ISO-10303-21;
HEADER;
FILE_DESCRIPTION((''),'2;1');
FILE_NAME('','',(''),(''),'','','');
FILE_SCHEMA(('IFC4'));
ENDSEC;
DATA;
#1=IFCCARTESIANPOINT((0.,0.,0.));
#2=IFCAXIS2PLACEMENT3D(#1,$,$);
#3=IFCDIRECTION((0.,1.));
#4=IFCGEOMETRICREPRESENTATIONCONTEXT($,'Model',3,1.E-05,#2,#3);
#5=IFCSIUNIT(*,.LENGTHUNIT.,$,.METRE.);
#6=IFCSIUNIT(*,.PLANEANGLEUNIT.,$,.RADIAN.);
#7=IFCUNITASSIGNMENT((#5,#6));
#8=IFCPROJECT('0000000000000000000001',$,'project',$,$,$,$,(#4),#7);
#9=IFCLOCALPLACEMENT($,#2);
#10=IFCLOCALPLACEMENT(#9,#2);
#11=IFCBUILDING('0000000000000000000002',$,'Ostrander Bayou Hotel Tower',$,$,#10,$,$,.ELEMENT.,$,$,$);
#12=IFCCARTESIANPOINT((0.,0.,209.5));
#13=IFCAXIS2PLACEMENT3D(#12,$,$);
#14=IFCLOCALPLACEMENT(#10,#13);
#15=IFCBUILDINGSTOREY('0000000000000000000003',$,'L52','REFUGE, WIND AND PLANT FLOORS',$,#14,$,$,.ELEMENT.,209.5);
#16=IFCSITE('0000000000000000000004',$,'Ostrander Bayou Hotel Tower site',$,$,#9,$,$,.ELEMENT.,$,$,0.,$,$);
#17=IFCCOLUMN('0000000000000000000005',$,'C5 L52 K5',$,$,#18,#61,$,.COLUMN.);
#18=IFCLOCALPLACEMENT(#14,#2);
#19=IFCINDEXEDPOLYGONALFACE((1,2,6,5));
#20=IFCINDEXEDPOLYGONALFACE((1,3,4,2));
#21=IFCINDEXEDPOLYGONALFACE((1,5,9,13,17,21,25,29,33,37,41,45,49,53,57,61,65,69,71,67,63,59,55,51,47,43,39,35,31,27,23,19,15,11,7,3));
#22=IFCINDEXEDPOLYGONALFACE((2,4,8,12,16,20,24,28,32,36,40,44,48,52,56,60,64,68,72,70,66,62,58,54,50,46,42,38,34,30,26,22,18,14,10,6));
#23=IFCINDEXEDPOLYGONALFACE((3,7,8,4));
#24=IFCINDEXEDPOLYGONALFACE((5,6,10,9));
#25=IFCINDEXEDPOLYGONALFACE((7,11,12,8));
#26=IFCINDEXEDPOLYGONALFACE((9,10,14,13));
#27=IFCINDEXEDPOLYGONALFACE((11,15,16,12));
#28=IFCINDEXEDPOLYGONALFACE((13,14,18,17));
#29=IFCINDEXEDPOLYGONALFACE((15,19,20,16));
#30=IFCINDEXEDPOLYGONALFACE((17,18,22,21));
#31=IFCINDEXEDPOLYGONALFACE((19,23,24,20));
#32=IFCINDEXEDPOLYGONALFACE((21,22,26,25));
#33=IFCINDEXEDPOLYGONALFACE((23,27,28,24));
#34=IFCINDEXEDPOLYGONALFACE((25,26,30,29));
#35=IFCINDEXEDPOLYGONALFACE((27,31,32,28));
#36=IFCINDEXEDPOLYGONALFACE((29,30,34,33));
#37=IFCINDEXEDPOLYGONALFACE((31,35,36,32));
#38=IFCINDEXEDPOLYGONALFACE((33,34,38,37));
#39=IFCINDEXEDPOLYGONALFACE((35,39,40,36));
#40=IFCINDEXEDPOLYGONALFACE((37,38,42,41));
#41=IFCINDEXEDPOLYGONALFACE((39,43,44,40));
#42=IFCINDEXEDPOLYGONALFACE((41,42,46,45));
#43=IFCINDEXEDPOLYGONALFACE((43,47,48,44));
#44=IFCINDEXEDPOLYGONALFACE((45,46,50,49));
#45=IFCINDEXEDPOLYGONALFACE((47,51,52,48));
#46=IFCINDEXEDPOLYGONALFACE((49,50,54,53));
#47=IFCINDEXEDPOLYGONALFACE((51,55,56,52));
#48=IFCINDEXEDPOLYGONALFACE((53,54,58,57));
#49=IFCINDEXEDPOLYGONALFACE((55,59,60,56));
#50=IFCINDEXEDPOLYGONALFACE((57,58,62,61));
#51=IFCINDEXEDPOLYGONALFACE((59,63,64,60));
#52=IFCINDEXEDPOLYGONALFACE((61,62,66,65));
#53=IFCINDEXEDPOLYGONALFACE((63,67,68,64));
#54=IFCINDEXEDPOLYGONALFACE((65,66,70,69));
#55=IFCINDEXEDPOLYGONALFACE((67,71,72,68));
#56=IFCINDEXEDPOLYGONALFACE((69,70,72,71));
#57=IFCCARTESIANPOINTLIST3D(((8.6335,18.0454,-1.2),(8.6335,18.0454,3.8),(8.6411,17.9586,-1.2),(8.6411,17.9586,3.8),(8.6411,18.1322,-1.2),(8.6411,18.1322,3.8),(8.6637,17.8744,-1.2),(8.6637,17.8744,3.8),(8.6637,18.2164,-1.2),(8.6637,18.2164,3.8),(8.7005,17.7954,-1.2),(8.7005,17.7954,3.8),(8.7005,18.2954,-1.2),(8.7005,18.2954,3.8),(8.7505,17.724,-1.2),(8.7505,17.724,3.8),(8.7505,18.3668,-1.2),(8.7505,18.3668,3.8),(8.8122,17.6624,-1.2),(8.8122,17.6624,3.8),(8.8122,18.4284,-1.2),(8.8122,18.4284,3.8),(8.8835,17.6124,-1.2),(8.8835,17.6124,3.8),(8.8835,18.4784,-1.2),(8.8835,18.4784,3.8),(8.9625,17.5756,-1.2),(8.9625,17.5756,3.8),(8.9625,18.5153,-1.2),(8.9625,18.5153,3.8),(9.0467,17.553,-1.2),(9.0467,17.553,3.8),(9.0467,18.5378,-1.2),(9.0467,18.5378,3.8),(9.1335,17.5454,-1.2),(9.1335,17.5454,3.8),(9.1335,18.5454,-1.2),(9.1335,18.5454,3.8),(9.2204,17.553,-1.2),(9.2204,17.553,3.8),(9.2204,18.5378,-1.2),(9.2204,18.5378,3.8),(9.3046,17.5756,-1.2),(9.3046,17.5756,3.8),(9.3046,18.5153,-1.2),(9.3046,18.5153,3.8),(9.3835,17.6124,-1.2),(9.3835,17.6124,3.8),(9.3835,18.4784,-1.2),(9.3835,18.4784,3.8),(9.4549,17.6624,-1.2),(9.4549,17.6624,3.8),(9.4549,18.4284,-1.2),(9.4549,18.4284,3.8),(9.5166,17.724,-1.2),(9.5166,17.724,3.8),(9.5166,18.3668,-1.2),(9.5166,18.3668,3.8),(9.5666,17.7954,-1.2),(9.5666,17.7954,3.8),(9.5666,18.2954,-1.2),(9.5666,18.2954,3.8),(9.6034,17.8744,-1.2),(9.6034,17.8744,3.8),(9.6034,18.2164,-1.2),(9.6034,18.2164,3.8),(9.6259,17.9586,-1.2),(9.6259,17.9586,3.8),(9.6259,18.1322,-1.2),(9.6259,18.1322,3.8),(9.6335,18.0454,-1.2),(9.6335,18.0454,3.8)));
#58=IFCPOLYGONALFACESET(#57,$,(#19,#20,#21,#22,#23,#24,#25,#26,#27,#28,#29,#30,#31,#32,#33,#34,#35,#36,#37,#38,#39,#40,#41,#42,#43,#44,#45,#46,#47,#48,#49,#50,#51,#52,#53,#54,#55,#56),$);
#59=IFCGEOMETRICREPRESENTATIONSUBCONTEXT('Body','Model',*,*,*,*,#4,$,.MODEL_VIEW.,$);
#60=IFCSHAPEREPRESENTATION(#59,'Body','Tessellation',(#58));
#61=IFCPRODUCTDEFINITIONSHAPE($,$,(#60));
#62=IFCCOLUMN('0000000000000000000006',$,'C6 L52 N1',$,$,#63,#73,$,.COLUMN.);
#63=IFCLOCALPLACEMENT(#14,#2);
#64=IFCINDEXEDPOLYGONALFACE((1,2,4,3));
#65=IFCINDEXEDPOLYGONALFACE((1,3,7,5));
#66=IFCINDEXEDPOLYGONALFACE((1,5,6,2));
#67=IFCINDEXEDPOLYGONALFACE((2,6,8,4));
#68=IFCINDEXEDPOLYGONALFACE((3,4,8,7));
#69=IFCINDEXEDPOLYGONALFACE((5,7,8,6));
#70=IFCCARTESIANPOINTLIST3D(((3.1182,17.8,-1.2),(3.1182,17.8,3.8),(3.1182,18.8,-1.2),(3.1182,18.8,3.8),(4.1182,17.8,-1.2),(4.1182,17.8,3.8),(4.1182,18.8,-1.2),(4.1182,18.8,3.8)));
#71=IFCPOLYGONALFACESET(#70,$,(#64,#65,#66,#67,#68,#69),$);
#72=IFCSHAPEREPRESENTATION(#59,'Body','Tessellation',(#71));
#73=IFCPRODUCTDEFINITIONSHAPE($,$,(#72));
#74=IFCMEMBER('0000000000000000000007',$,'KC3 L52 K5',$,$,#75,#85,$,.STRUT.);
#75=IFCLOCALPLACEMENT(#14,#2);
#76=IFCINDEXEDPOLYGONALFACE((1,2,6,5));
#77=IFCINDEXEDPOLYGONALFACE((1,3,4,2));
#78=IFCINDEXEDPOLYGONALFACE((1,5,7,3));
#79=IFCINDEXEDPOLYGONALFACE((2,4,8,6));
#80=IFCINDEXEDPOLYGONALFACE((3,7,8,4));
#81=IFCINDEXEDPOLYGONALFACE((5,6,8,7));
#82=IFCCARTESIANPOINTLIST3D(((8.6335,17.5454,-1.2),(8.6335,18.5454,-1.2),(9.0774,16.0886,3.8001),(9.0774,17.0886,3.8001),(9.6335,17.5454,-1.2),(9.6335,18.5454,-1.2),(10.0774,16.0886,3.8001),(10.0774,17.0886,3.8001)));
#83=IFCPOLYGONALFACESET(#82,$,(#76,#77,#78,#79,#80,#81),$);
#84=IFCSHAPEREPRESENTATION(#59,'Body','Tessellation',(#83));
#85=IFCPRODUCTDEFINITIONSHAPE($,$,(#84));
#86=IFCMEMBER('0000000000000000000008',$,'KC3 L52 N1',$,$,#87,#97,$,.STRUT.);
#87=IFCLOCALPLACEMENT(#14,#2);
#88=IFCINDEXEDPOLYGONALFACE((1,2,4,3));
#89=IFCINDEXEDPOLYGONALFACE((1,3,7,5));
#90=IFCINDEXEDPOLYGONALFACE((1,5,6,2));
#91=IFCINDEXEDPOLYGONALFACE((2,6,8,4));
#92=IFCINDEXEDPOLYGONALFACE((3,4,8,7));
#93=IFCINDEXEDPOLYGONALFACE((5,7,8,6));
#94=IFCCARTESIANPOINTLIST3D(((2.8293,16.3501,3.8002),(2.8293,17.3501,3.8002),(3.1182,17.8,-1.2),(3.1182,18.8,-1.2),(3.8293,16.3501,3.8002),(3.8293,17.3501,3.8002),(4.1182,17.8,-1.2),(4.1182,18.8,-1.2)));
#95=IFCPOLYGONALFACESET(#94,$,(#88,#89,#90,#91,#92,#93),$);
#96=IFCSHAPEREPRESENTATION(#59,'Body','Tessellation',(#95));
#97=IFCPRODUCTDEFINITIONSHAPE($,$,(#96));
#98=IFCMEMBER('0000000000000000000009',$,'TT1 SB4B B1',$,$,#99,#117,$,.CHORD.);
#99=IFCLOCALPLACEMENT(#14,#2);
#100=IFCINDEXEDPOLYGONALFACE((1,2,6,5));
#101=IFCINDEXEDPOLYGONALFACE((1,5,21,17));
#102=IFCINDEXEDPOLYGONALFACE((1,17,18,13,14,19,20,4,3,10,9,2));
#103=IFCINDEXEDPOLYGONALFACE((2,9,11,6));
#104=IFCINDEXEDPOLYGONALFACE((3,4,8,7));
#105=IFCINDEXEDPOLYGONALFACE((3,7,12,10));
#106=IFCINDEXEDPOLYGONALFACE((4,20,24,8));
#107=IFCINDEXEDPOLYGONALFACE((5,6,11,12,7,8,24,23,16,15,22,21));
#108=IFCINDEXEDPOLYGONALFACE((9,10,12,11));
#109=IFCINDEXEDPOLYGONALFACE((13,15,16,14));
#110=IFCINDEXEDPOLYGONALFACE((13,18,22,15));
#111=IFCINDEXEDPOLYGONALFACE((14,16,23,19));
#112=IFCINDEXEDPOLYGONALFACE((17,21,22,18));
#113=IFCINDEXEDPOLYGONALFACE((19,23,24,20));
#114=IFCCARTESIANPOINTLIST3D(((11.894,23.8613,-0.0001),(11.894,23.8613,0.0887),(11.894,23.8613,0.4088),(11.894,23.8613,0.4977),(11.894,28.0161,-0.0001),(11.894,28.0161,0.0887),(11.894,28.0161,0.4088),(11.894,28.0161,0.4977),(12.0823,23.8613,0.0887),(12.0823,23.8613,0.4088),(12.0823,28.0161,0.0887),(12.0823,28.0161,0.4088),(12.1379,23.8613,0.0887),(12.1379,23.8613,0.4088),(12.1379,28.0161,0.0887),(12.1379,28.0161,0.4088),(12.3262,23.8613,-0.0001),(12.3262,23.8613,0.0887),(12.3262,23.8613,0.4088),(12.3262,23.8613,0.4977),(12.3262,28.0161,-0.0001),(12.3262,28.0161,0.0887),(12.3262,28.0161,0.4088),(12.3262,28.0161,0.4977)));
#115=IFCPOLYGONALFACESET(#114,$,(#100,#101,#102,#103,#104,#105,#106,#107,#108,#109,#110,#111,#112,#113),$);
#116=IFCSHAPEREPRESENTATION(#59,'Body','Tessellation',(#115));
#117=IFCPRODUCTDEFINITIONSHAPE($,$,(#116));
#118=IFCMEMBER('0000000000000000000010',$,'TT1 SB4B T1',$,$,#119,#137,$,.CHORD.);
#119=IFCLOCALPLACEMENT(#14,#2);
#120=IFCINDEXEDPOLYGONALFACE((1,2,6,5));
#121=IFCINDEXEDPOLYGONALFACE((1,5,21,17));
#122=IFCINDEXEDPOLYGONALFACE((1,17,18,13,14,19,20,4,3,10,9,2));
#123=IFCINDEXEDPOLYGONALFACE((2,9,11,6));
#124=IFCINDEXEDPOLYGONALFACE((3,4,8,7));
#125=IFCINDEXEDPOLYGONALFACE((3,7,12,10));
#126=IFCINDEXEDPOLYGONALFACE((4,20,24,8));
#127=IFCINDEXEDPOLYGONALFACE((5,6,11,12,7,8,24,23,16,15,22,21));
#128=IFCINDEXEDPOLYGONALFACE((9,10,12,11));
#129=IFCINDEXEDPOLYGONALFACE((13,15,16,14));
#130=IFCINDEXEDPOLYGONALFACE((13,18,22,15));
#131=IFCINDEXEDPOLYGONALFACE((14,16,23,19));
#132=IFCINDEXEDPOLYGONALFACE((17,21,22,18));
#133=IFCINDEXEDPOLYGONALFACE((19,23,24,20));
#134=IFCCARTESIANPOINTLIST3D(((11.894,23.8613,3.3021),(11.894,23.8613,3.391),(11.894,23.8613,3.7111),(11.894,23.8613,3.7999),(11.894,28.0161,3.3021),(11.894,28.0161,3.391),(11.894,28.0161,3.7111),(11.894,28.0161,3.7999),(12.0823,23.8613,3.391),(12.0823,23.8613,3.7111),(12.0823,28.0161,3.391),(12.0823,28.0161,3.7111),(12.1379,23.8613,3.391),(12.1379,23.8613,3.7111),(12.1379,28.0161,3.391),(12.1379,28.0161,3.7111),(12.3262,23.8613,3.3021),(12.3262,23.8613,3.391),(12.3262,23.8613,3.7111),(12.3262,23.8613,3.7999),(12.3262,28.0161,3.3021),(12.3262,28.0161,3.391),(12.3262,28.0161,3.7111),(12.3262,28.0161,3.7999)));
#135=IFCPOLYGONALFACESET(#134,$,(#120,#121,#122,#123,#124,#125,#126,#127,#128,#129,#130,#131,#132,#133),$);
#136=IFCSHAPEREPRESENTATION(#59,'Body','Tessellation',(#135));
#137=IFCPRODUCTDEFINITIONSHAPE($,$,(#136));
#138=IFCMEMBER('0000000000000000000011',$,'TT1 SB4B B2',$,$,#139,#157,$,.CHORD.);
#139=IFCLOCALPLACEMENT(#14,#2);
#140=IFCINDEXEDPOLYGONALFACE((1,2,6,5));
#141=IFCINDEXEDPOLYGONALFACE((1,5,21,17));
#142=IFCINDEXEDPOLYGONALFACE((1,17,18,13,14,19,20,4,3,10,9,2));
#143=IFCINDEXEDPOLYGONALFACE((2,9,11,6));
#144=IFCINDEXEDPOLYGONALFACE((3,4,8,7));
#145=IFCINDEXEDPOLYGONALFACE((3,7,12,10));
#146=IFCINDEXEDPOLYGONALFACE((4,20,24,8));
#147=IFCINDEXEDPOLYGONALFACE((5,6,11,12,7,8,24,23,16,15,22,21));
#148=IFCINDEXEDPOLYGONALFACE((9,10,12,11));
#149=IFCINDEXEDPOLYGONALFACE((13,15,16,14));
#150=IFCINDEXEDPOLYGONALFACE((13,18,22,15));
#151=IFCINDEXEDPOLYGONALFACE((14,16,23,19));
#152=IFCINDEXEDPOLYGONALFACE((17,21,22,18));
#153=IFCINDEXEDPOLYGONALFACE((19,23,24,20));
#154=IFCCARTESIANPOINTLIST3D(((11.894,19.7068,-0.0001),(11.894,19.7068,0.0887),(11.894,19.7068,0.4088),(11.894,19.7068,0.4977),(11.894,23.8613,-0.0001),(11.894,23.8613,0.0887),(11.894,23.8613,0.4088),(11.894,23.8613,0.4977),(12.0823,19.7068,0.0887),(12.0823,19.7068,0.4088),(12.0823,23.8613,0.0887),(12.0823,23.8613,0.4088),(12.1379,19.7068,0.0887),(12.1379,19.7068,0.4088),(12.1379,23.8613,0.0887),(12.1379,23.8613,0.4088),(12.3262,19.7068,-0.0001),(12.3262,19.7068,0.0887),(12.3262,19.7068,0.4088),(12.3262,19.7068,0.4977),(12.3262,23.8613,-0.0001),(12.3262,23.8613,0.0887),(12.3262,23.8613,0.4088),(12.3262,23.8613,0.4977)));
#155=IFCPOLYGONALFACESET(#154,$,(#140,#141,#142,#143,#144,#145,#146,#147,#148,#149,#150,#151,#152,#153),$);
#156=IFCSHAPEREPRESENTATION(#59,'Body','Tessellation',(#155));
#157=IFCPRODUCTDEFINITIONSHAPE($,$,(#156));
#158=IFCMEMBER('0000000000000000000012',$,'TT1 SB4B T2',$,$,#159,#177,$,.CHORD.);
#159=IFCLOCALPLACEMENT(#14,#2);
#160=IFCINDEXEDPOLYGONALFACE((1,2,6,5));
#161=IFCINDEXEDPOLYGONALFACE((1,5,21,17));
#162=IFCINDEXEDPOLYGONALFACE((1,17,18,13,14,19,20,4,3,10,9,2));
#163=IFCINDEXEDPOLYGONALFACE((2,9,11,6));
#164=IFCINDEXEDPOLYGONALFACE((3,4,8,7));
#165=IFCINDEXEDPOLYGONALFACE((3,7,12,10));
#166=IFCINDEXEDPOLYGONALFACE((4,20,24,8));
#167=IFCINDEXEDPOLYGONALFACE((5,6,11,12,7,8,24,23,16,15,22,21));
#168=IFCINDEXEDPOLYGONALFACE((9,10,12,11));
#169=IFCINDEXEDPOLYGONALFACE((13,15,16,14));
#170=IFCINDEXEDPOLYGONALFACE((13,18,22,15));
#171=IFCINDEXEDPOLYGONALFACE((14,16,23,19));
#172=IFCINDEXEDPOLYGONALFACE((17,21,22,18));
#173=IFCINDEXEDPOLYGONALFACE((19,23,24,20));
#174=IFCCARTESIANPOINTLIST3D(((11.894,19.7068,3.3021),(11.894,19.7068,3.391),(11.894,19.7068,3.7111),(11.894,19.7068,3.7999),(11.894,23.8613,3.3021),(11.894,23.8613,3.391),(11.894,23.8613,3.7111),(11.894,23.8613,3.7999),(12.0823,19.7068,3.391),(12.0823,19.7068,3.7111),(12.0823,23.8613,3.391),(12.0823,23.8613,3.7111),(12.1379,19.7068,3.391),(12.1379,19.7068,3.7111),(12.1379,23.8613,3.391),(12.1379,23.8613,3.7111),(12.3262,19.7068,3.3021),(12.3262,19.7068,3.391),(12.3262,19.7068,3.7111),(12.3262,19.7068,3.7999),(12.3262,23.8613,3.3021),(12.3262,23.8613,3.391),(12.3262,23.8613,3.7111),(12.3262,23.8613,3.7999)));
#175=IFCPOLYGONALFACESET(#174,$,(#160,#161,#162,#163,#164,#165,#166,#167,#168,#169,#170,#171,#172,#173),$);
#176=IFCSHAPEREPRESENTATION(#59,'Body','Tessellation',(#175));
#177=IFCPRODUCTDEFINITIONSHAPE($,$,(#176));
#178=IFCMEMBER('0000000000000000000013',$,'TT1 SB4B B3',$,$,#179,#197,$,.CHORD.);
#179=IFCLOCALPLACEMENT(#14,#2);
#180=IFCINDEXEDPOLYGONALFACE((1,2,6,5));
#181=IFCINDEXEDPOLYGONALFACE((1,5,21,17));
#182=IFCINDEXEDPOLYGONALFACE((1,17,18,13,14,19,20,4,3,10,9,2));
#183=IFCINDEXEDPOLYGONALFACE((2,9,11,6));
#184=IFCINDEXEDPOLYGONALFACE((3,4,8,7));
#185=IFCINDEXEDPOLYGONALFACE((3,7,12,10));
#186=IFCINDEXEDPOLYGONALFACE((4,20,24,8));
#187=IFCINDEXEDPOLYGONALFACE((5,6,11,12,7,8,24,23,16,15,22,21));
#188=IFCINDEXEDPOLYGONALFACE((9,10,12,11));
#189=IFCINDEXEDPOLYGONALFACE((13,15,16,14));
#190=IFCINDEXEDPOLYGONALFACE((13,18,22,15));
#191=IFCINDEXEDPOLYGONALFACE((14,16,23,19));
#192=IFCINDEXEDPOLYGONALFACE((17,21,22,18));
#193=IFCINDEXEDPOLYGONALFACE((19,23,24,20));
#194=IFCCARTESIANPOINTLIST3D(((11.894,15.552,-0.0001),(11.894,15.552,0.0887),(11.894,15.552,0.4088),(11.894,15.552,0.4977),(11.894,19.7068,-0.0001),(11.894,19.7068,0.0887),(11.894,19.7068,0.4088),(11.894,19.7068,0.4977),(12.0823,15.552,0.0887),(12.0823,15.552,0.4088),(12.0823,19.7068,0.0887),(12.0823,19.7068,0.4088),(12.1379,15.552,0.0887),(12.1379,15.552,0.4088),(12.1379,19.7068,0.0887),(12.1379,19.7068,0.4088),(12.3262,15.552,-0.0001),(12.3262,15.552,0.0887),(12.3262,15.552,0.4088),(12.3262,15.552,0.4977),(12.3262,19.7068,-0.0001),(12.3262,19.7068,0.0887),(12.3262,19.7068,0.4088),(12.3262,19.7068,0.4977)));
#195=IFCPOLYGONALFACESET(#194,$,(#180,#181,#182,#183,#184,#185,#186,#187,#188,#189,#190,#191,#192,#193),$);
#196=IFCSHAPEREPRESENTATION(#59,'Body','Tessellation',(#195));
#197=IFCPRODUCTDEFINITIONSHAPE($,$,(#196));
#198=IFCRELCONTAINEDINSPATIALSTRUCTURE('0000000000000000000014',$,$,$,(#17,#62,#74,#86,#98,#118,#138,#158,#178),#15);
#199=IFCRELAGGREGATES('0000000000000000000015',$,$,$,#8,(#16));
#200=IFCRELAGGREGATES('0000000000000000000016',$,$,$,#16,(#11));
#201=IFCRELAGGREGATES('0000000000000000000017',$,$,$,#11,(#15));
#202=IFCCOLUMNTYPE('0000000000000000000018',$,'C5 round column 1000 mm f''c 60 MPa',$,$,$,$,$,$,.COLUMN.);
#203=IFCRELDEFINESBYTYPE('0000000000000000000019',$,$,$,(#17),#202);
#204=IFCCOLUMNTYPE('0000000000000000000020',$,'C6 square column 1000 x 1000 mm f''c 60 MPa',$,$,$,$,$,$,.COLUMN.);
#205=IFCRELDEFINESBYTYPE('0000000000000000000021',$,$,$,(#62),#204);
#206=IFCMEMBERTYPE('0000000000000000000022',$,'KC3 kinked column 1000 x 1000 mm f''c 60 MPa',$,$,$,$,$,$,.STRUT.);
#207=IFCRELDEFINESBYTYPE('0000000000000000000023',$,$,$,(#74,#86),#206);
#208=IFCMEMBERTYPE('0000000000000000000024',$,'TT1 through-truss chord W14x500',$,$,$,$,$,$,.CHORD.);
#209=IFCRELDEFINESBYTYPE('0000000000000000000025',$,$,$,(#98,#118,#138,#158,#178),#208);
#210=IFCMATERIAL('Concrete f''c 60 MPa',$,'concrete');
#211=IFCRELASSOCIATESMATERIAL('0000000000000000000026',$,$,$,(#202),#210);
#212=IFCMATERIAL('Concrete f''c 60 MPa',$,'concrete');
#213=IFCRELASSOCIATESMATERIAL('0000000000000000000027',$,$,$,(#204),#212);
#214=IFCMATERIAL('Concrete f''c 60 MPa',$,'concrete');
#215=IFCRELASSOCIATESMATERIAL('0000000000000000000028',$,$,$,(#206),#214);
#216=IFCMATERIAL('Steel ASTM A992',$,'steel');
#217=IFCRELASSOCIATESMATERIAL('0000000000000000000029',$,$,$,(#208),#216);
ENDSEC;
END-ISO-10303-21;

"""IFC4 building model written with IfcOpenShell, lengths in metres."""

from ifc_helpers import new_model, si_unit, direction, frame, origin, origin_2d, place, context, subcontext, project, spatial, rectangle, circle, i_section, extrude, material, material_profile, profile_set, type_object, element, save


model = new_model("IFC4")

# Units and contexts
model_context = context("Model", 3, precision=1e-05, world=origin(), true_north=direction((0.0, 1.0)))
body_context = subcontext(model_context, "Body", "Model", "MODEL_VIEW")
ifc_project = project(units=[si_unit("LENGTHUNIT", "METRE"), si_unit("PLANEANGLEUNIT", "RADIAN")], contexts=[model_context])

# Site, building, storey
site_placement = place(None, origin())
site = spatial("IfcSite", under=ifc_project, at=site_placement, Name="Ostrander Bayou Hotel Tower site", CompositionType="ELEMENT", RefElevation=0.0)
building_placement = place(site_placement, origin())
building = spatial("IfcBuilding", under=site, at=building_placement, Name="Ostrander Bayou Hotel Tower", CompositionType="ELEMENT")
storey_placement = place(building_placement, frame((0.0, 0.0, 209.5)))
storey = spatial("IfcBuildingStorey", under=building, at=storey_placement, Name="L52", Description="REFUGE, WIND AND PLANT FLOORS", CompositionType="ELEMENT", Elevation=209.5)

# Columns
ifc_material_1 = material(Name="Concrete f'c 60 MPa", Category="concrete")
ifc_material_profile_1 = material_profile(ifc_material_1, circle(Radius=0.5, at=origin_2d()))
ifc_profile_set_1 = profile_set([ifc_material_profile_1], Name="Concrete f'c 60 MPa")
column_type_1 = type_object("IfcColumnType", Name="C5 round column 1000 mm f'c 60 MPa", PredefinedType="COLUMN", material=ifc_profile_set_1)
column_1_placement = place(storey_placement, frame((9.1335, 18.0454, -1.2), z_axis=(0.0, 0.0, 1.0), x_axis=(1.0, 0.0, 0.0)))
element("IfcColumn", 1, at=column_1_placement, inside=storey, type_object=column_type_1, Name="C5 L52 K5", PredefinedType="COLUMN", context=body_context, shape_type="SweptSolid", body=[
    extrude(circle(Radius=0.5, at=origin_2d()), origin(), (0.0, 0.0, 1.0), 5.0),
])
ifc_material_2 = material(Name="Concrete f'c 60 MPa", Category="concrete")
ifc_material_profile_2 = material_profile(ifc_material_2, rectangle(XDim=1.0, YDim=1.0, at=origin_2d()))
ifc_profile_set_2 = profile_set([ifc_material_profile_2], Name="Concrete f'c 60 MPa")
column_type_2 = type_object("IfcColumnType", Name="C6 square column 1000 x 1000 mm f'c 60 MPa", PredefinedType="COLUMN", material=ifc_profile_set_2)
column_2_placement = place(storey_placement, frame((3.6182, 18.3, -1.2), z_axis=(0.0, 0.0, 1.0), x_axis=(1.0, 0.0, 0.0)))
element("IfcColumn", 2, at=column_2_placement, inside=storey, type_object=column_type_2, Name="C6 L52 N1", PredefinedType="COLUMN", context=body_context, shape_type="SweptSolid", body=[
    extrude(rectangle(XDim=1.0, YDim=1.0, at=origin_2d()), origin(), (0.0, 0.0, 1.0), 5.0),
])

# Members
ifc_material_3 = material(Name="Concrete f'c 60 MPa", Category="concrete")
ifc_material_profile_3 = material_profile(ifc_material_3, rectangle(XDim=1.0, YDim=1.0, at=origin_2d()))
ifc_profile_set_3 = profile_set([ifc_material_profile_3], Name="Concrete f'c 60 MPa")
member_type_1 = type_object("IfcMemberType", Name="KC3 kinked column 1000 x 1000 mm f'c 60 MPa", PredefinedType="STRUT", material=ifc_profile_set_3)
member_1_placement = place(storey_placement, frame((9.1335, 18.0454, -1.2), z_axis=(0.0, 0.0, 1.0), x_axis=(1.0, 0.0, 0.0)))
element("IfcMember", 3, at=member_1_placement, inside=storey, type_object=member_type_1, Name="KC3 L52 K5", PredefinedType="STRUT", context=body_context, shape_type="SweptSolid", body=[
    extrude(rectangle(XDim=1.0, YDim=1.0, at=origin_2d()), origin(), (0.084918, -0.278716, 0.956612), 5.2268),
])
member_2_placement = place(storey_placement, frame((3.6182, 18.3, -1.2), z_axis=(0.0, 0.0, 1.0), x_axis=(1.0, 0.0, 0.0)))
element("IfcMember", 4, at=member_2_placement, inside=storey, type_object=member_type_1, Name="KC3 L52 N1", PredefinedType="STRUT", context=body_context, shape_type="SweptSolid", body=[
    extrude(rectangle(XDim=1.0, YDim=1.0, at=origin_2d()), origin(), (-0.055393, -0.278088, 0.958957), 5.2141),
])
ifc_material_4 = material(Name="Steel ASTM A992", Category="steel")
ifc_material_profile_4 = material_profile(ifc_material_4, i_section(OverallWidth=0.4321, OverallDepth=0.4978, WebThickness=0.0557, FlangeThickness=0.0889, at=origin_2d()))
ifc_profile_set_4 = profile_set([ifc_material_profile_4], Name="Steel ASTM A992")
member_type_2 = type_object("IfcMemberType", Name="TT1 through-truss chord W14x500", PredefinedType="CHORD", material=ifc_profile_set_4)
for number, where, z_axis, x_axis, name in (
    (5, (12.1101, 28.0161, 0.2488), (0.0, -1.0, 0.0), (1.0, 0.0, 0.0), "TT1 SB4B B1"),
    (6, (12.1101, 28.0161, 3.551), (0.0, -1.0, 0.0), (1.0, 0.0, 0.0), "TT1 SB4B T1"),
):
    element("IfcMember", number, at=place(storey_placement, frame(where, z_axis=z_axis, x_axis=x_axis)), inside=storey, type_object=member_type_2, Name=name, PredefinedType="CHORD", context=body_context, shape_type="SweptSolid", body=[
        extrude(i_section(OverallWidth=0.4321, OverallDepth=0.4978, WebThickness=0.0557, FlangeThickness=0.0889, at=origin_2d()), origin(), (0.0, 0.0, 1.0), 4.1548),
    ])
for number, where, z_axis, x_axis, name in (
    (7, (12.1101, 23.8613, 0.2488), (0.0, -1.0, 0.0), (1.0, 0.0, 0.0), "TT1 SB4B B2"),
    (8, (12.1101, 23.8613, 3.551), (0.0, -1.0, 0.0), (1.0, 0.0, 0.0), "TT1 SB4B T2"),
):
    element("IfcMember", number, at=place(storey_placement, frame(where, z_axis=z_axis, x_axis=x_axis)), inside=storey, type_object=member_type_2, Name=name, PredefinedType="CHORD", context=body_context, shape_type="SweptSolid", body=[
        extrude(i_section(OverallWidth=0.4321, OverallDepth=0.4978, WebThickness=0.0557, FlangeThickness=0.0889, at=origin_2d()), origin(), (0.0, 0.0, 1.0), 4.1545),
    ])
for number, where, z_axis, x_axis, name in (
    (9, (12.1101, 19.7068, 0.2488), (0.0, -1.0, 0.0), (1.0, 0.0, 0.0), "TT1 SB4B B3"),
):
    element("IfcMember", number, at=place(storey_placement, frame(where, z_axis=z_axis, x_axis=x_axis)), inside=storey, type_object=member_type_2, Name=name, PredefinedType="CHORD", context=body_context, shape_type="SweptSolid", body=[
        extrude(i_section(OverallWidth=0.4321, OverallDepth=0.4978, WebThickness=0.0557, FlangeThickness=0.0889, at=origin_2d()), origin(), (0.0, 0.0, 1.0), 4.1548),
    ])

save(model, "model.ifc")
